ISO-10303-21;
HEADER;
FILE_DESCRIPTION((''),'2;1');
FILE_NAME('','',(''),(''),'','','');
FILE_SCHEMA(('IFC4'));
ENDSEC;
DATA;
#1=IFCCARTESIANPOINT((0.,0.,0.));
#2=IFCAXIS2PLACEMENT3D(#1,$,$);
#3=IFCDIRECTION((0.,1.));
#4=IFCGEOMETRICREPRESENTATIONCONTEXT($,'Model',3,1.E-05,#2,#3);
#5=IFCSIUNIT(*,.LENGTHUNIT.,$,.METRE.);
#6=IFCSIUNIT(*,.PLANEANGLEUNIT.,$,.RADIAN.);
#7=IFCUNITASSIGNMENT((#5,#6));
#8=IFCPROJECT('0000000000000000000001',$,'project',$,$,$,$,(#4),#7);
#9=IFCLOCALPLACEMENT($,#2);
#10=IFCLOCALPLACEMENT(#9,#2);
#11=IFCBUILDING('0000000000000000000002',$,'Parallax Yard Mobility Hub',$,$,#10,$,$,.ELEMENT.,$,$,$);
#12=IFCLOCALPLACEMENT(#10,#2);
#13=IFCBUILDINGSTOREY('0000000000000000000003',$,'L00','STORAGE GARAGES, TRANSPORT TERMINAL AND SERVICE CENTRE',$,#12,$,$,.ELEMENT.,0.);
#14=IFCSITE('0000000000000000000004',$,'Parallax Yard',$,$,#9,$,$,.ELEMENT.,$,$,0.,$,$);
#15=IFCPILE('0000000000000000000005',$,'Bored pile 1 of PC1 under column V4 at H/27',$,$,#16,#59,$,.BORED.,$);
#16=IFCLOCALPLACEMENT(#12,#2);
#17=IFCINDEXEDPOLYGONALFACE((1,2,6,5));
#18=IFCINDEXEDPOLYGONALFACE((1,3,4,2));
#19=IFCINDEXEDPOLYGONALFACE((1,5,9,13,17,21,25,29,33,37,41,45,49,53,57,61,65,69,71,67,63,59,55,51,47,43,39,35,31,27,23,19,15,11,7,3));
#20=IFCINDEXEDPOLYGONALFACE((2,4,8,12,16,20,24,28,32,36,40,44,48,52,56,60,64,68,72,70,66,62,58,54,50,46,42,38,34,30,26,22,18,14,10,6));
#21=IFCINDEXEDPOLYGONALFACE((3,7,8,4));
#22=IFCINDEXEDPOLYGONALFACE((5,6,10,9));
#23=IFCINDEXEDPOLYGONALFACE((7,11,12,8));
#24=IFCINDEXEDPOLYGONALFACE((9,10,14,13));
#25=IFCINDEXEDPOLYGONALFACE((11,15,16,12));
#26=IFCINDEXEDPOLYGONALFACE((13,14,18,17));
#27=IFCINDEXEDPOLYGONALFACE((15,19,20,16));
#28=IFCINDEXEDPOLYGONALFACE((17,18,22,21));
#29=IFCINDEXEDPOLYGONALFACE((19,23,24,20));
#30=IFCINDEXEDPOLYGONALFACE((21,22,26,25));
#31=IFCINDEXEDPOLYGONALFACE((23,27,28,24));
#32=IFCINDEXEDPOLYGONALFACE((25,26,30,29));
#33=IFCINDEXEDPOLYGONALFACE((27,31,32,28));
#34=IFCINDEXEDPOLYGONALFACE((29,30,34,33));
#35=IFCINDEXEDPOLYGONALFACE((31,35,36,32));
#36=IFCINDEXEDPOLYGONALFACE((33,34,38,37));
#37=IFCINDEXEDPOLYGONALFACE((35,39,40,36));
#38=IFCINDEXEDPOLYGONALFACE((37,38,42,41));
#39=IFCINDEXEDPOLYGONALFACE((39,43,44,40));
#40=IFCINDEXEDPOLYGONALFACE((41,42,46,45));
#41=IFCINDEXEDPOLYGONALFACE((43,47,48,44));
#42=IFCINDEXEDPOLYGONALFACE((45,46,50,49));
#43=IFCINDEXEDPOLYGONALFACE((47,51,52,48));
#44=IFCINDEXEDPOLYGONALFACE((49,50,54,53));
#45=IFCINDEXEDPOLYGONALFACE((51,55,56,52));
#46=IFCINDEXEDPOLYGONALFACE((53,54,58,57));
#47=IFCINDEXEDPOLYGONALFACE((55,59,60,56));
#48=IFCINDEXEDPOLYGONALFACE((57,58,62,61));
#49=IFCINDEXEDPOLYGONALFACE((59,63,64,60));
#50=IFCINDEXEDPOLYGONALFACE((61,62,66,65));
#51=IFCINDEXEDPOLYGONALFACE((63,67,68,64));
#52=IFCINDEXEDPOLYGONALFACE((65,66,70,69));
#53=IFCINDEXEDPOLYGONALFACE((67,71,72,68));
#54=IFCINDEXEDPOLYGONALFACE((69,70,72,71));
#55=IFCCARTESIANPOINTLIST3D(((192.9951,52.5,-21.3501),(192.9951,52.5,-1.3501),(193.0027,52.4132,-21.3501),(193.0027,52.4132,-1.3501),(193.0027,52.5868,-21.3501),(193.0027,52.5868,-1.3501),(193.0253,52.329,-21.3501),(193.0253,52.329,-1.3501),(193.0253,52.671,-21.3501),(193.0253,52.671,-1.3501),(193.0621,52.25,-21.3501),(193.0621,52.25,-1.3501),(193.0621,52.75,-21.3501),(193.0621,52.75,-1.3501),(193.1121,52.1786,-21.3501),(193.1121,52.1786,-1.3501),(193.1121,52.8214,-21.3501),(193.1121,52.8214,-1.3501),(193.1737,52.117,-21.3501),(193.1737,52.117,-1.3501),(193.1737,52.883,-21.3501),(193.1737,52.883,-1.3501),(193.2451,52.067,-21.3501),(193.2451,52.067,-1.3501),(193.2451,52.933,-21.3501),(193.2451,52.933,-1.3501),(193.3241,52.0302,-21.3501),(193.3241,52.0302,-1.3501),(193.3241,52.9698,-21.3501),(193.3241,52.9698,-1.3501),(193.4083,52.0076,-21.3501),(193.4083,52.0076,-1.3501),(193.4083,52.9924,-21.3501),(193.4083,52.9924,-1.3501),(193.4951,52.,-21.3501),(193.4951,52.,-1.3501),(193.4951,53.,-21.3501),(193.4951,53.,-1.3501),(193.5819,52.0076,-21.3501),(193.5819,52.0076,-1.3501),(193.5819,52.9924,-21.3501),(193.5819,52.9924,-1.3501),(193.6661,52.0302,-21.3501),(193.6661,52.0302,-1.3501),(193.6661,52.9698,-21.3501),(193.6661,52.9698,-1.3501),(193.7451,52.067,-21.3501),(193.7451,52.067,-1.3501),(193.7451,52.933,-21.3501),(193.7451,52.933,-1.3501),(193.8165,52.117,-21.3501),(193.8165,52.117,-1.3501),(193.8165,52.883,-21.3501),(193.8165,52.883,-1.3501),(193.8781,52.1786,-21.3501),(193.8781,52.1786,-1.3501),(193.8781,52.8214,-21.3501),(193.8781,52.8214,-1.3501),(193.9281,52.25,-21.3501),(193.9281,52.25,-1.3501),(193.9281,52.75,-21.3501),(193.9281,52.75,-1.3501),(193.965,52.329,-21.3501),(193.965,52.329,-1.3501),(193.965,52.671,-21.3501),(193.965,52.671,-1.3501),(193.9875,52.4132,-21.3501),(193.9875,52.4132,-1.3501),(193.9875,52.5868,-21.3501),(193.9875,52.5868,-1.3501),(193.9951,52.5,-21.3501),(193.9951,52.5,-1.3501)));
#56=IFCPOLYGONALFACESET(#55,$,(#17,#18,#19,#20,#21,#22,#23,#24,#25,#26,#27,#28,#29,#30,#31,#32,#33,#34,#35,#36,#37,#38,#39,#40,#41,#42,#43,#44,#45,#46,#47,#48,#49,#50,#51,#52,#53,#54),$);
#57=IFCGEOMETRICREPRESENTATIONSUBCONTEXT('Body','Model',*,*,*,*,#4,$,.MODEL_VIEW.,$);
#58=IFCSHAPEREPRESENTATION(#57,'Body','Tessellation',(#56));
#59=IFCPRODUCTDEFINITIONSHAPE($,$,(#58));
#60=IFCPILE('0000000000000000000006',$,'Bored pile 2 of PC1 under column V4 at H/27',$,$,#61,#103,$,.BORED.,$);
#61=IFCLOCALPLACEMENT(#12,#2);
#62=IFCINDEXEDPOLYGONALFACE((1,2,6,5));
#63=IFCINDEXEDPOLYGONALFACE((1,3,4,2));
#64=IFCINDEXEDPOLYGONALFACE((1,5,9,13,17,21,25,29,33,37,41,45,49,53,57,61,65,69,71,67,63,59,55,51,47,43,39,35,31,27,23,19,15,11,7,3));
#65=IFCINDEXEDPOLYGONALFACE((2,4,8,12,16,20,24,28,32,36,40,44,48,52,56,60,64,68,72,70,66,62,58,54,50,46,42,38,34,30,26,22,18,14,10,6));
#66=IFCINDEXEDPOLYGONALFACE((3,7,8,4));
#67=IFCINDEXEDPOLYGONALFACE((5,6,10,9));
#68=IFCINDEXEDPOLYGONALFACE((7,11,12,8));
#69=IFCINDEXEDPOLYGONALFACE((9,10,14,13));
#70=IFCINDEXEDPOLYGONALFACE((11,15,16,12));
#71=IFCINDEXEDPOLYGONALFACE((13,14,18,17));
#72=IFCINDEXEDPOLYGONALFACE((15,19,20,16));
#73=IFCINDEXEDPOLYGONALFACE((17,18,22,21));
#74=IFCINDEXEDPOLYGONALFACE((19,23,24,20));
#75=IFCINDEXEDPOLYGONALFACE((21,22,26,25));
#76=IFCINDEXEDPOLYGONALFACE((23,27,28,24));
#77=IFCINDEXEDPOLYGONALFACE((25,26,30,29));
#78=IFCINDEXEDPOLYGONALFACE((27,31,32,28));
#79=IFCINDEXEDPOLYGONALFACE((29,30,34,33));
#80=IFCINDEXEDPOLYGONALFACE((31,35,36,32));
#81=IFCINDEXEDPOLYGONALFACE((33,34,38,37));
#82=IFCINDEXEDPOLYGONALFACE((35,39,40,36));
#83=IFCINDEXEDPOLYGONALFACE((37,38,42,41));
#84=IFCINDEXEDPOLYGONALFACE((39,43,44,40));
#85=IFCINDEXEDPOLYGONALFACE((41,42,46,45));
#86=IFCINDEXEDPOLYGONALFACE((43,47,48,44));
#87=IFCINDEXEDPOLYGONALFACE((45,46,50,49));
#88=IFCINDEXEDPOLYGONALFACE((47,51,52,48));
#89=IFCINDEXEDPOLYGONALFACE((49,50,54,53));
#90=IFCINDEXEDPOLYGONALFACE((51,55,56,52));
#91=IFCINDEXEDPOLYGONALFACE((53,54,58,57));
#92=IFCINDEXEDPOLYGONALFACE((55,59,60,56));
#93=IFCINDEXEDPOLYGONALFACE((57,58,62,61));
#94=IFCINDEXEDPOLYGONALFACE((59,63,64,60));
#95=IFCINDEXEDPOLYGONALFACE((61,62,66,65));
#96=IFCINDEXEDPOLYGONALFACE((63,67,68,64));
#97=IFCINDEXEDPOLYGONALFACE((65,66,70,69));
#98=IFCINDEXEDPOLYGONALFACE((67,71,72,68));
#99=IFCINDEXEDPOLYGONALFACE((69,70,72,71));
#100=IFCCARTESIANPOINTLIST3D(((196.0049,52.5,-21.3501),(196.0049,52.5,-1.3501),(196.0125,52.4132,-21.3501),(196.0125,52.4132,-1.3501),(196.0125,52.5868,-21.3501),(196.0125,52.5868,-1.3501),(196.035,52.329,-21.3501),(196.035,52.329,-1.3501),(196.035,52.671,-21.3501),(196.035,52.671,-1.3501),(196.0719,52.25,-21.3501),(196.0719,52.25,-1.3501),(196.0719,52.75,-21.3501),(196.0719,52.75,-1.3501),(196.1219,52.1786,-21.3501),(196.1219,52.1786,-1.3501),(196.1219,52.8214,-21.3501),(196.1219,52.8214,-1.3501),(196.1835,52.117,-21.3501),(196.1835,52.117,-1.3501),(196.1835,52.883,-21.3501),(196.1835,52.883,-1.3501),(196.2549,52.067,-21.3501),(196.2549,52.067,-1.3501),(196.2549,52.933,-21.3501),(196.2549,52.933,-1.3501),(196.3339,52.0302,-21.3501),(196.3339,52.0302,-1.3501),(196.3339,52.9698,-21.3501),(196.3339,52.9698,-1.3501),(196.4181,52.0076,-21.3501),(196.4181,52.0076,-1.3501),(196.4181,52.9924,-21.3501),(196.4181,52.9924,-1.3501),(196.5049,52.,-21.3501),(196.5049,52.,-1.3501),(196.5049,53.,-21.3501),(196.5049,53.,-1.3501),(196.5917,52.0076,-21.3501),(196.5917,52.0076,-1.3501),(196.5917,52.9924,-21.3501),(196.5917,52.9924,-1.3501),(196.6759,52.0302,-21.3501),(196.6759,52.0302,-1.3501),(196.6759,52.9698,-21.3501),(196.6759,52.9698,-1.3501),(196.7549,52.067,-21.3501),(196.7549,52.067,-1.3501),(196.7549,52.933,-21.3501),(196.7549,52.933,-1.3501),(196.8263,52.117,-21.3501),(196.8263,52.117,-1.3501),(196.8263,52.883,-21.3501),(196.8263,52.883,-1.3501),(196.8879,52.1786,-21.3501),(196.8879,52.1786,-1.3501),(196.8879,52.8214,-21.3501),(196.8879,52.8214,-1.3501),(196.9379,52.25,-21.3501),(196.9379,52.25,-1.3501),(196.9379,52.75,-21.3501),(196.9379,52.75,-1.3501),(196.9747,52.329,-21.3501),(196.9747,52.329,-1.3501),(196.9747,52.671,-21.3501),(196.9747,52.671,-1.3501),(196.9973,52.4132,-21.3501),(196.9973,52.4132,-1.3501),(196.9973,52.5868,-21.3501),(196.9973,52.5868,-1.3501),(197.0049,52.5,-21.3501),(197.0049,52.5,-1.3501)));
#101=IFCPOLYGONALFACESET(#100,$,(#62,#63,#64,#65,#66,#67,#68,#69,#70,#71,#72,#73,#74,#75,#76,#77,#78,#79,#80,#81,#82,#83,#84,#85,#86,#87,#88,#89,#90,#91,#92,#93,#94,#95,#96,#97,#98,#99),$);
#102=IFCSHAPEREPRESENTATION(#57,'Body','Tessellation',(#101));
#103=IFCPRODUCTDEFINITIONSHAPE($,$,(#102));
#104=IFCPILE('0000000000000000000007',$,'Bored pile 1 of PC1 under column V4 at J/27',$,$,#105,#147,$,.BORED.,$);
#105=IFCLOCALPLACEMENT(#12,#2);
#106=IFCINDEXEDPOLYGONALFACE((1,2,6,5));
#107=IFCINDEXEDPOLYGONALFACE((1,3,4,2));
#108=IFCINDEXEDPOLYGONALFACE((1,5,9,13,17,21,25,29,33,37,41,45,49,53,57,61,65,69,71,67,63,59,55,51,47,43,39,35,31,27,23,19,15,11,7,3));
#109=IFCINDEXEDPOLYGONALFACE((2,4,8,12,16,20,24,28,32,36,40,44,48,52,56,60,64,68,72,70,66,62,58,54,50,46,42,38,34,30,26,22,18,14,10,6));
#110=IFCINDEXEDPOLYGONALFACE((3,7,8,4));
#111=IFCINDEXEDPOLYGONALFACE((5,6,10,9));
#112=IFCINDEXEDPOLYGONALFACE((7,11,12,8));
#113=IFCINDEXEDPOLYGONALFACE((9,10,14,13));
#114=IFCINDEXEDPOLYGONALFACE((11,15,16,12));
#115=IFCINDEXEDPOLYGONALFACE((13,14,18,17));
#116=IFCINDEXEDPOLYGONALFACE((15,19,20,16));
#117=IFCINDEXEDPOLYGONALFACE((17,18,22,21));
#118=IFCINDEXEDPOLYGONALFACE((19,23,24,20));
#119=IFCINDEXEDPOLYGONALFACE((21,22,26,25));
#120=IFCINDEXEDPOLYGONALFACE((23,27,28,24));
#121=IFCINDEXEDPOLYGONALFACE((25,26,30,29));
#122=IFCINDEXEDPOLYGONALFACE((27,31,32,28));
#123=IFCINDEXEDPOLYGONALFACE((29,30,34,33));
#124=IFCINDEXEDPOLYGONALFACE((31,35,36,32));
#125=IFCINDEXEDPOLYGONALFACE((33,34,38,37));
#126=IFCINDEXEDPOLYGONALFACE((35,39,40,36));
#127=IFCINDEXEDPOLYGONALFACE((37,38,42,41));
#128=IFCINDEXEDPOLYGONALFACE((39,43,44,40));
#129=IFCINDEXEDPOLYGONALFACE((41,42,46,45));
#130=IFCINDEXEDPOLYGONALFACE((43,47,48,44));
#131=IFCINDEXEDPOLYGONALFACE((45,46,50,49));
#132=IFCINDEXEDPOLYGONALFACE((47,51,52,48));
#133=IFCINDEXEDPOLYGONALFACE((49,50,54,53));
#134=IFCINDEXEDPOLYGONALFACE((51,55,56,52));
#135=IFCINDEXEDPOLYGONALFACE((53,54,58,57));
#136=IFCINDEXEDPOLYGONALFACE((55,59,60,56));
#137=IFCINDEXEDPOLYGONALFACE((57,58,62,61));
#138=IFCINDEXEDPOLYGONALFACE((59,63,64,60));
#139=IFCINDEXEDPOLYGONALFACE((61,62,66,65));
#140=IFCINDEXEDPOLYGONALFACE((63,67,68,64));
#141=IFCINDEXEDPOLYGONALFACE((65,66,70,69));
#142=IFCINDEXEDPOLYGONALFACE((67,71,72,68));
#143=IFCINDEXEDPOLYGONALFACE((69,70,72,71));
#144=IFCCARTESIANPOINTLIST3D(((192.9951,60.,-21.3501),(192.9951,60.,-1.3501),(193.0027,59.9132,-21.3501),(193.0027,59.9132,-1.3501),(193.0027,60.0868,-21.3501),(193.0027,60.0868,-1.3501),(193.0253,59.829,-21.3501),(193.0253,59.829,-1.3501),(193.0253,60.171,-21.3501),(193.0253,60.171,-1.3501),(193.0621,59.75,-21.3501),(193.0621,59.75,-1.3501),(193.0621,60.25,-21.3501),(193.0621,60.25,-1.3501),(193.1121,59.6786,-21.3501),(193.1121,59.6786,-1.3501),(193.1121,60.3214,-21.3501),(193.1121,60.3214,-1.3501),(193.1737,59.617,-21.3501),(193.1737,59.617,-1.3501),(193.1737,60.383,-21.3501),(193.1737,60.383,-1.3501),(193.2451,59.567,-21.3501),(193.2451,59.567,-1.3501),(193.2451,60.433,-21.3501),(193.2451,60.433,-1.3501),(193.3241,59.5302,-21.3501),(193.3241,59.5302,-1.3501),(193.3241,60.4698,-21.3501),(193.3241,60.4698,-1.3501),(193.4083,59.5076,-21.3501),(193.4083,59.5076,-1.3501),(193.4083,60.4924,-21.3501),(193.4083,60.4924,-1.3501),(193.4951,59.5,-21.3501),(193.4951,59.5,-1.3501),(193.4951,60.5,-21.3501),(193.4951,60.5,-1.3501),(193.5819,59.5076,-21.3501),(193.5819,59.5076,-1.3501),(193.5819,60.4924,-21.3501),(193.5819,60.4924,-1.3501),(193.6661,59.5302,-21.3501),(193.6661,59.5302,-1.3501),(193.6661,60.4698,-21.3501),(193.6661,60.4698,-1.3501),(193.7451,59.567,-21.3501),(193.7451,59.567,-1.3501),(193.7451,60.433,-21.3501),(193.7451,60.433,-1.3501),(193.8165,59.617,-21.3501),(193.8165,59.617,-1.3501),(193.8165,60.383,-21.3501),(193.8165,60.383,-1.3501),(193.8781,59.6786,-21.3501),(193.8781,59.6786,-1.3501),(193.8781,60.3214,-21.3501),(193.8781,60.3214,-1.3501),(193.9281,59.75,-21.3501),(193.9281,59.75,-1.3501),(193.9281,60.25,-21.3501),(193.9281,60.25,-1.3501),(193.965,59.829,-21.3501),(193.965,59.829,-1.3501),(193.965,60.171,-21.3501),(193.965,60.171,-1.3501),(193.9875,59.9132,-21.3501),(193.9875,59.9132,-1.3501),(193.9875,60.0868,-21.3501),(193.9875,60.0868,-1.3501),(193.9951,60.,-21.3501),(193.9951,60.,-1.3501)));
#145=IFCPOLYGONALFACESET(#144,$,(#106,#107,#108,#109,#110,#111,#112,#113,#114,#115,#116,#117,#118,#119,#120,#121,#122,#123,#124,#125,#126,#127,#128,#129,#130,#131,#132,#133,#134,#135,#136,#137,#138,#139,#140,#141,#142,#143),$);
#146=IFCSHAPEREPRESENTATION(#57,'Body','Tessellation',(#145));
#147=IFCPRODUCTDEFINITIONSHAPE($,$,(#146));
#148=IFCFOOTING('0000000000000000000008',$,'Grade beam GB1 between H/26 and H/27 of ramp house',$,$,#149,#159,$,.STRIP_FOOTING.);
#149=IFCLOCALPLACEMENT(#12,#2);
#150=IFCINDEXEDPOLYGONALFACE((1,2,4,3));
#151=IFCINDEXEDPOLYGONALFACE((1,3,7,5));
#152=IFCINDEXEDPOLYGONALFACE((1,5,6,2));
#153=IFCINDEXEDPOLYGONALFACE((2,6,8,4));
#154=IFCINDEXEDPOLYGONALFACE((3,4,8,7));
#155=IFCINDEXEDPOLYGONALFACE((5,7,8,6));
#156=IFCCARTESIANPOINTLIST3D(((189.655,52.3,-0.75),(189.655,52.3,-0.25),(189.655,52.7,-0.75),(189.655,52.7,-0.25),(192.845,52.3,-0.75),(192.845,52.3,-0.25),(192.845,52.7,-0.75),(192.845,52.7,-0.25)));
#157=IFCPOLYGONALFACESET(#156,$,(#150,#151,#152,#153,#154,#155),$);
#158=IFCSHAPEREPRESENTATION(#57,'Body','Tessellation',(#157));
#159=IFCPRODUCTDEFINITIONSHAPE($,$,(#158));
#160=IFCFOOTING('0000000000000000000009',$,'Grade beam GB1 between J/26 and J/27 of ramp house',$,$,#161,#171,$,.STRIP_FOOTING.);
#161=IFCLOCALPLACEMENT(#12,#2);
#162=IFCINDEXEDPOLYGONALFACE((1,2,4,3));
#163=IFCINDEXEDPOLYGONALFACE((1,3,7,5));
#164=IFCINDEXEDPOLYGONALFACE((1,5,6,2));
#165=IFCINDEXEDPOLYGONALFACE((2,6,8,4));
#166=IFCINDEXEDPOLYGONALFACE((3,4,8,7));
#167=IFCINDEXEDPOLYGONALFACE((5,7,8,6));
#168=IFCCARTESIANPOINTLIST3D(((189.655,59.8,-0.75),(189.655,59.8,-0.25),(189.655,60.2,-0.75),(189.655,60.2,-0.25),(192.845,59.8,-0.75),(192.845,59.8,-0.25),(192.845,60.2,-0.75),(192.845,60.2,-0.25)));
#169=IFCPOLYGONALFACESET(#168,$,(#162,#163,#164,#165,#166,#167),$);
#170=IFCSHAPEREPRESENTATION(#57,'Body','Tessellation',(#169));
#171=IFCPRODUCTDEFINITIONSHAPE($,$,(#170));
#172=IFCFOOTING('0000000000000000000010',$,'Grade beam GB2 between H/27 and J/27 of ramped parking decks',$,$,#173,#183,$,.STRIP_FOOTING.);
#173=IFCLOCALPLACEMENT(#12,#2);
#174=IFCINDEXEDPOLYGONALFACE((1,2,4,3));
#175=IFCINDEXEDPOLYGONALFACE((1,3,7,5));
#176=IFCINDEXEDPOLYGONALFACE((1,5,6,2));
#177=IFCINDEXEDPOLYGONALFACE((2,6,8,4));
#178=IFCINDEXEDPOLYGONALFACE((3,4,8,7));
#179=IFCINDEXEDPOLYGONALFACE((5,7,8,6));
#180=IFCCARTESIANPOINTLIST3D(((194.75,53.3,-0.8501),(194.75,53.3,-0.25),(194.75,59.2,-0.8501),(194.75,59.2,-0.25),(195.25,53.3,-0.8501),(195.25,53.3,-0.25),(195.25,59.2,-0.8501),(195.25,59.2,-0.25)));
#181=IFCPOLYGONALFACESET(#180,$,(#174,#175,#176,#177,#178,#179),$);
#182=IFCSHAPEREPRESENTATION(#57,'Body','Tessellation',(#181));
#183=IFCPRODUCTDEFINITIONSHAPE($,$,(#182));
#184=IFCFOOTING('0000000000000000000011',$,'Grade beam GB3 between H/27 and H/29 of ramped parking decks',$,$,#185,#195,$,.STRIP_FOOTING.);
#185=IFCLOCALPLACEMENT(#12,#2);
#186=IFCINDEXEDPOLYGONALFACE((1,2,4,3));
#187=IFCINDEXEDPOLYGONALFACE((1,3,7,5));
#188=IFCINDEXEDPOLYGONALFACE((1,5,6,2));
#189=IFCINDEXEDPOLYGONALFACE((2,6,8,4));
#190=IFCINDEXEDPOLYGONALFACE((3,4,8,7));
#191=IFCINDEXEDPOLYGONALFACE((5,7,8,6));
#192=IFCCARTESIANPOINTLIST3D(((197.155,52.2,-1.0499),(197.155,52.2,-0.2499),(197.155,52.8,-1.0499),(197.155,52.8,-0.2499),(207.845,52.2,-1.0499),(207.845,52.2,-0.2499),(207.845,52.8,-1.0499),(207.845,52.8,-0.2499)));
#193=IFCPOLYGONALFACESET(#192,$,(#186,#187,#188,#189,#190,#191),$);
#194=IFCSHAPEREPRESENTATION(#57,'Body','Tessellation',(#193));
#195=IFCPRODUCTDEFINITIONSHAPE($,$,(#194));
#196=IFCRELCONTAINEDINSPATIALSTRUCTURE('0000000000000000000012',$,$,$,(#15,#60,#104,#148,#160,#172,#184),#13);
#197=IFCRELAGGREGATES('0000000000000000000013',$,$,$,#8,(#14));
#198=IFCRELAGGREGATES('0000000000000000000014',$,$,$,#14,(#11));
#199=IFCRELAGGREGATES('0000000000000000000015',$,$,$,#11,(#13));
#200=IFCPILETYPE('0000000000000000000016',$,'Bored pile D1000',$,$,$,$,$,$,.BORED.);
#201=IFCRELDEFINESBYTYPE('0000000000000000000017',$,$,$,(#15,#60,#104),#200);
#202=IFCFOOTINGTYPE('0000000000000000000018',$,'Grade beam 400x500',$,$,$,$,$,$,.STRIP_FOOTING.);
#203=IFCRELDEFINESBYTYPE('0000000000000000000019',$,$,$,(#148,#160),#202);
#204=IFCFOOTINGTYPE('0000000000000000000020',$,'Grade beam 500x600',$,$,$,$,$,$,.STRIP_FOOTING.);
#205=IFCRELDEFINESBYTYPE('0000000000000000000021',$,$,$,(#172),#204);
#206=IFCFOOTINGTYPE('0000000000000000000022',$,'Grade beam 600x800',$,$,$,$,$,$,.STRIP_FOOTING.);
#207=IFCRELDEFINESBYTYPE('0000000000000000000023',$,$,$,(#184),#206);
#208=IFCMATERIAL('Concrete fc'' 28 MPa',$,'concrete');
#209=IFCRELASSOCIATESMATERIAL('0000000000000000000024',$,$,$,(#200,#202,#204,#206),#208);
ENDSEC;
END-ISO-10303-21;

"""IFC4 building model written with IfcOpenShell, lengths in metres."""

from ifc_helpers import new_model, si_unit, direction, frame, origin, origin_2d, place, context, subcontext, project, spatial, rectangle, circle, extrude, material, material_profile, profile_set, type_object, element, save


model = new_model("IFC4")

# Units and contexts
model_context = context("Model", 3, precision=1e-05, world=origin(), true_north=direction((0.0, 1.0)))
body_context = subcontext(model_context, "Body", "Model", "MODEL_VIEW")
ifc_project = project(units=[si_unit("LENGTHUNIT", "METRE"), si_unit("PLANEANGLEUNIT", "RADIAN")], contexts=[model_context])

# Site, building, storey
site_placement = place(None, origin())
site = spatial("IfcSite", under=ifc_project, at=site_placement, Name="Parallax Yard", CompositionType="ELEMENT", RefElevation=0.0)
building_placement = place(site_placement, origin())
building = spatial("IfcBuilding", under=site, at=building_placement, Name="Parallax Yard Mobility Hub", CompositionType="ELEMENT")
storey_placement = place(building_placement, origin())
storey = spatial("IfcBuildingStorey", under=building, at=storey_placement, Name="L00", Description="STORAGE GARAGES, TRANSPORT TERMINAL AND SERVICE CENTRE", CompositionType="ELEMENT", Elevation=0.0)

# Piles
ifc_material_1 = material(Name="Concrete fc' 28 MPa", Category="concrete")
ifc_material_profile_1 = material_profile(ifc_material_1, circle(Radius=0.5, at=origin_2d()), Name="Bored pile D1000")
ifc_profile_set_1 = profile_set([ifc_material_profile_1], Name="Concrete fc' 28 MPa")
pile_type = type_object("IfcPileType", Name="Bored pile D1000", PredefinedType="BORED", material=ifc_profile_set_1)
for number, where, z_axis, x_axis, name in (
    (1, (193.4951, 52.5, -1.3501), (0.0, 0.0, -1.0), (1.0, 0.0, 0.0), "Bored pile 1 of PC1 under column V4 at H/27"),
    (2, (196.5049, 52.5, -1.3501), (0.0, 0.0, -1.0), (1.0, 0.0, 0.0), "Bored pile 2 of PC1 under column V4 at H/27"),
    (3, (193.4951, 60.0, -1.3501), (0.0, 0.0, -1.0), (1.0, 0.0, 0.0), "Bored pile 1 of PC1 under column V4 at J/27"),
):
    element("IfcPile", number, at=place(storey_placement, frame(where, z_axis=z_axis, x_axis=x_axis)), inside=storey, type_object=pile_type, Name=name, PredefinedType="BORED", context=body_context, shape_type="SweptSolid", body=[
        extrude(circle(Radius=0.5, at=origin_2d()), origin(), (0.0, 0.0, 1.0), 20.0),
    ])

# Footings
ifc_material_profile_2 = material_profile(ifc_material_1, rectangle(XDim=0.3999, YDim=0.5, at=origin_2d()), Name="Grade beam 400x500")
ifc_profile_set_2 = profile_set([ifc_material_profile_2], Name="Concrete fc' 28 MPa")
footing_type_1 = type_object("IfcFootingType", Name="Grade beam 400x500", PredefinedType="STRIP_FOOTING", material=ifc_profile_set_2)
for number, where, z_axis, x_axis, name in (
    (4, (189.655, 52.5, -0.5), (1.0, 0.0, 0.0), (0.0, 1.0, 0.0), "Grade beam GB1 between H/26 and H/27 of ramp house"),
    (5, (189.655, 60.0, -0.5), (1.0, 0.0, 0.0), (0.0, 1.0, 0.0), "Grade beam GB1 between J/26 and J/27 of ramp house"),
):
    element("IfcFooting", number, at=place(storey_placement, frame(where, z_axis=z_axis, x_axis=x_axis)), inside=storey, type_object=footing_type_1, Name=name, PredefinedType="STRIP_FOOTING", context=body_context, shape_type="SweptSolid", body=[
        extrude(rectangle(XDim=0.3999, YDim=0.5, at=origin_2d()), origin(), (0.0, 0.0, 1.0), 3.1899),
    ])
ifc_material_profile_3 = material_profile(ifc_material_1, rectangle(XDim=0.5, YDim=0.6001, at=origin_2d()), Name="Grade beam 500x600")
ifc_profile_set_3 = profile_set([ifc_material_profile_3], Name="Concrete fc' 28 MPa")
footing_type_2 = type_object("IfcFootingType", Name="Grade beam 500x600", PredefinedType="STRIP_FOOTING", material=ifc_profile_set_3)
footing_1_placement = place(storey_placement, frame((195.0, 53.3, -0.55), z_axis=(0.0, 1.0, 0.0), x_axis=(-1.0, 0.0, 0.0)))
element("IfcFooting", 6, at=footing_1_placement, inside=storey, type_object=footing_type_2, Name="Grade beam GB2 between H/27 and J/27 of ramped parking decks", PredefinedType="STRIP_FOOTING", context=body_context, shape_type="SweptSolid", body=[
    extrude(rectangle(XDim=0.5, YDim=0.6001, at=origin_2d()), origin(), (0.0, 0.0, 1.0), 5.8999),
])
ifc_material_profile_4 = material_profile(ifc_material_1, rectangle(XDim=0.6001, YDim=0.8, at=origin_2d()), Name="Grade beam 600x800")
ifc_profile_set_4 = profile_set([ifc_material_profile_4], Name="Concrete fc' 28 MPa")
footing_type_3 = type_object("IfcFootingType", Name="Grade beam 600x800", PredefinedType="STRIP_FOOTING", material=ifc_profile_set_4)
footing_2_placement = place(storey_placement, frame((197.155, 52.5, -0.6499), z_axis=(1.0, 0.0, 0.0), x_axis=(0.0, 1.0, 0.0)))
element("IfcFooting", 7, at=footing_2_placement, inside=storey, type_object=footing_type_3, Name="Grade beam GB3 between H/27 and H/29 of ramped parking decks", PredefinedType="STRIP_FOOTING", context=body_context, shape_type="SweptSolid", body=[
    extrude(rectangle(XDim=0.6001, YDim=0.8, at=origin_2d()), origin(), (0.0, 0.0, 1.0), 10.6899),
])

save(model, "model.ifc")
